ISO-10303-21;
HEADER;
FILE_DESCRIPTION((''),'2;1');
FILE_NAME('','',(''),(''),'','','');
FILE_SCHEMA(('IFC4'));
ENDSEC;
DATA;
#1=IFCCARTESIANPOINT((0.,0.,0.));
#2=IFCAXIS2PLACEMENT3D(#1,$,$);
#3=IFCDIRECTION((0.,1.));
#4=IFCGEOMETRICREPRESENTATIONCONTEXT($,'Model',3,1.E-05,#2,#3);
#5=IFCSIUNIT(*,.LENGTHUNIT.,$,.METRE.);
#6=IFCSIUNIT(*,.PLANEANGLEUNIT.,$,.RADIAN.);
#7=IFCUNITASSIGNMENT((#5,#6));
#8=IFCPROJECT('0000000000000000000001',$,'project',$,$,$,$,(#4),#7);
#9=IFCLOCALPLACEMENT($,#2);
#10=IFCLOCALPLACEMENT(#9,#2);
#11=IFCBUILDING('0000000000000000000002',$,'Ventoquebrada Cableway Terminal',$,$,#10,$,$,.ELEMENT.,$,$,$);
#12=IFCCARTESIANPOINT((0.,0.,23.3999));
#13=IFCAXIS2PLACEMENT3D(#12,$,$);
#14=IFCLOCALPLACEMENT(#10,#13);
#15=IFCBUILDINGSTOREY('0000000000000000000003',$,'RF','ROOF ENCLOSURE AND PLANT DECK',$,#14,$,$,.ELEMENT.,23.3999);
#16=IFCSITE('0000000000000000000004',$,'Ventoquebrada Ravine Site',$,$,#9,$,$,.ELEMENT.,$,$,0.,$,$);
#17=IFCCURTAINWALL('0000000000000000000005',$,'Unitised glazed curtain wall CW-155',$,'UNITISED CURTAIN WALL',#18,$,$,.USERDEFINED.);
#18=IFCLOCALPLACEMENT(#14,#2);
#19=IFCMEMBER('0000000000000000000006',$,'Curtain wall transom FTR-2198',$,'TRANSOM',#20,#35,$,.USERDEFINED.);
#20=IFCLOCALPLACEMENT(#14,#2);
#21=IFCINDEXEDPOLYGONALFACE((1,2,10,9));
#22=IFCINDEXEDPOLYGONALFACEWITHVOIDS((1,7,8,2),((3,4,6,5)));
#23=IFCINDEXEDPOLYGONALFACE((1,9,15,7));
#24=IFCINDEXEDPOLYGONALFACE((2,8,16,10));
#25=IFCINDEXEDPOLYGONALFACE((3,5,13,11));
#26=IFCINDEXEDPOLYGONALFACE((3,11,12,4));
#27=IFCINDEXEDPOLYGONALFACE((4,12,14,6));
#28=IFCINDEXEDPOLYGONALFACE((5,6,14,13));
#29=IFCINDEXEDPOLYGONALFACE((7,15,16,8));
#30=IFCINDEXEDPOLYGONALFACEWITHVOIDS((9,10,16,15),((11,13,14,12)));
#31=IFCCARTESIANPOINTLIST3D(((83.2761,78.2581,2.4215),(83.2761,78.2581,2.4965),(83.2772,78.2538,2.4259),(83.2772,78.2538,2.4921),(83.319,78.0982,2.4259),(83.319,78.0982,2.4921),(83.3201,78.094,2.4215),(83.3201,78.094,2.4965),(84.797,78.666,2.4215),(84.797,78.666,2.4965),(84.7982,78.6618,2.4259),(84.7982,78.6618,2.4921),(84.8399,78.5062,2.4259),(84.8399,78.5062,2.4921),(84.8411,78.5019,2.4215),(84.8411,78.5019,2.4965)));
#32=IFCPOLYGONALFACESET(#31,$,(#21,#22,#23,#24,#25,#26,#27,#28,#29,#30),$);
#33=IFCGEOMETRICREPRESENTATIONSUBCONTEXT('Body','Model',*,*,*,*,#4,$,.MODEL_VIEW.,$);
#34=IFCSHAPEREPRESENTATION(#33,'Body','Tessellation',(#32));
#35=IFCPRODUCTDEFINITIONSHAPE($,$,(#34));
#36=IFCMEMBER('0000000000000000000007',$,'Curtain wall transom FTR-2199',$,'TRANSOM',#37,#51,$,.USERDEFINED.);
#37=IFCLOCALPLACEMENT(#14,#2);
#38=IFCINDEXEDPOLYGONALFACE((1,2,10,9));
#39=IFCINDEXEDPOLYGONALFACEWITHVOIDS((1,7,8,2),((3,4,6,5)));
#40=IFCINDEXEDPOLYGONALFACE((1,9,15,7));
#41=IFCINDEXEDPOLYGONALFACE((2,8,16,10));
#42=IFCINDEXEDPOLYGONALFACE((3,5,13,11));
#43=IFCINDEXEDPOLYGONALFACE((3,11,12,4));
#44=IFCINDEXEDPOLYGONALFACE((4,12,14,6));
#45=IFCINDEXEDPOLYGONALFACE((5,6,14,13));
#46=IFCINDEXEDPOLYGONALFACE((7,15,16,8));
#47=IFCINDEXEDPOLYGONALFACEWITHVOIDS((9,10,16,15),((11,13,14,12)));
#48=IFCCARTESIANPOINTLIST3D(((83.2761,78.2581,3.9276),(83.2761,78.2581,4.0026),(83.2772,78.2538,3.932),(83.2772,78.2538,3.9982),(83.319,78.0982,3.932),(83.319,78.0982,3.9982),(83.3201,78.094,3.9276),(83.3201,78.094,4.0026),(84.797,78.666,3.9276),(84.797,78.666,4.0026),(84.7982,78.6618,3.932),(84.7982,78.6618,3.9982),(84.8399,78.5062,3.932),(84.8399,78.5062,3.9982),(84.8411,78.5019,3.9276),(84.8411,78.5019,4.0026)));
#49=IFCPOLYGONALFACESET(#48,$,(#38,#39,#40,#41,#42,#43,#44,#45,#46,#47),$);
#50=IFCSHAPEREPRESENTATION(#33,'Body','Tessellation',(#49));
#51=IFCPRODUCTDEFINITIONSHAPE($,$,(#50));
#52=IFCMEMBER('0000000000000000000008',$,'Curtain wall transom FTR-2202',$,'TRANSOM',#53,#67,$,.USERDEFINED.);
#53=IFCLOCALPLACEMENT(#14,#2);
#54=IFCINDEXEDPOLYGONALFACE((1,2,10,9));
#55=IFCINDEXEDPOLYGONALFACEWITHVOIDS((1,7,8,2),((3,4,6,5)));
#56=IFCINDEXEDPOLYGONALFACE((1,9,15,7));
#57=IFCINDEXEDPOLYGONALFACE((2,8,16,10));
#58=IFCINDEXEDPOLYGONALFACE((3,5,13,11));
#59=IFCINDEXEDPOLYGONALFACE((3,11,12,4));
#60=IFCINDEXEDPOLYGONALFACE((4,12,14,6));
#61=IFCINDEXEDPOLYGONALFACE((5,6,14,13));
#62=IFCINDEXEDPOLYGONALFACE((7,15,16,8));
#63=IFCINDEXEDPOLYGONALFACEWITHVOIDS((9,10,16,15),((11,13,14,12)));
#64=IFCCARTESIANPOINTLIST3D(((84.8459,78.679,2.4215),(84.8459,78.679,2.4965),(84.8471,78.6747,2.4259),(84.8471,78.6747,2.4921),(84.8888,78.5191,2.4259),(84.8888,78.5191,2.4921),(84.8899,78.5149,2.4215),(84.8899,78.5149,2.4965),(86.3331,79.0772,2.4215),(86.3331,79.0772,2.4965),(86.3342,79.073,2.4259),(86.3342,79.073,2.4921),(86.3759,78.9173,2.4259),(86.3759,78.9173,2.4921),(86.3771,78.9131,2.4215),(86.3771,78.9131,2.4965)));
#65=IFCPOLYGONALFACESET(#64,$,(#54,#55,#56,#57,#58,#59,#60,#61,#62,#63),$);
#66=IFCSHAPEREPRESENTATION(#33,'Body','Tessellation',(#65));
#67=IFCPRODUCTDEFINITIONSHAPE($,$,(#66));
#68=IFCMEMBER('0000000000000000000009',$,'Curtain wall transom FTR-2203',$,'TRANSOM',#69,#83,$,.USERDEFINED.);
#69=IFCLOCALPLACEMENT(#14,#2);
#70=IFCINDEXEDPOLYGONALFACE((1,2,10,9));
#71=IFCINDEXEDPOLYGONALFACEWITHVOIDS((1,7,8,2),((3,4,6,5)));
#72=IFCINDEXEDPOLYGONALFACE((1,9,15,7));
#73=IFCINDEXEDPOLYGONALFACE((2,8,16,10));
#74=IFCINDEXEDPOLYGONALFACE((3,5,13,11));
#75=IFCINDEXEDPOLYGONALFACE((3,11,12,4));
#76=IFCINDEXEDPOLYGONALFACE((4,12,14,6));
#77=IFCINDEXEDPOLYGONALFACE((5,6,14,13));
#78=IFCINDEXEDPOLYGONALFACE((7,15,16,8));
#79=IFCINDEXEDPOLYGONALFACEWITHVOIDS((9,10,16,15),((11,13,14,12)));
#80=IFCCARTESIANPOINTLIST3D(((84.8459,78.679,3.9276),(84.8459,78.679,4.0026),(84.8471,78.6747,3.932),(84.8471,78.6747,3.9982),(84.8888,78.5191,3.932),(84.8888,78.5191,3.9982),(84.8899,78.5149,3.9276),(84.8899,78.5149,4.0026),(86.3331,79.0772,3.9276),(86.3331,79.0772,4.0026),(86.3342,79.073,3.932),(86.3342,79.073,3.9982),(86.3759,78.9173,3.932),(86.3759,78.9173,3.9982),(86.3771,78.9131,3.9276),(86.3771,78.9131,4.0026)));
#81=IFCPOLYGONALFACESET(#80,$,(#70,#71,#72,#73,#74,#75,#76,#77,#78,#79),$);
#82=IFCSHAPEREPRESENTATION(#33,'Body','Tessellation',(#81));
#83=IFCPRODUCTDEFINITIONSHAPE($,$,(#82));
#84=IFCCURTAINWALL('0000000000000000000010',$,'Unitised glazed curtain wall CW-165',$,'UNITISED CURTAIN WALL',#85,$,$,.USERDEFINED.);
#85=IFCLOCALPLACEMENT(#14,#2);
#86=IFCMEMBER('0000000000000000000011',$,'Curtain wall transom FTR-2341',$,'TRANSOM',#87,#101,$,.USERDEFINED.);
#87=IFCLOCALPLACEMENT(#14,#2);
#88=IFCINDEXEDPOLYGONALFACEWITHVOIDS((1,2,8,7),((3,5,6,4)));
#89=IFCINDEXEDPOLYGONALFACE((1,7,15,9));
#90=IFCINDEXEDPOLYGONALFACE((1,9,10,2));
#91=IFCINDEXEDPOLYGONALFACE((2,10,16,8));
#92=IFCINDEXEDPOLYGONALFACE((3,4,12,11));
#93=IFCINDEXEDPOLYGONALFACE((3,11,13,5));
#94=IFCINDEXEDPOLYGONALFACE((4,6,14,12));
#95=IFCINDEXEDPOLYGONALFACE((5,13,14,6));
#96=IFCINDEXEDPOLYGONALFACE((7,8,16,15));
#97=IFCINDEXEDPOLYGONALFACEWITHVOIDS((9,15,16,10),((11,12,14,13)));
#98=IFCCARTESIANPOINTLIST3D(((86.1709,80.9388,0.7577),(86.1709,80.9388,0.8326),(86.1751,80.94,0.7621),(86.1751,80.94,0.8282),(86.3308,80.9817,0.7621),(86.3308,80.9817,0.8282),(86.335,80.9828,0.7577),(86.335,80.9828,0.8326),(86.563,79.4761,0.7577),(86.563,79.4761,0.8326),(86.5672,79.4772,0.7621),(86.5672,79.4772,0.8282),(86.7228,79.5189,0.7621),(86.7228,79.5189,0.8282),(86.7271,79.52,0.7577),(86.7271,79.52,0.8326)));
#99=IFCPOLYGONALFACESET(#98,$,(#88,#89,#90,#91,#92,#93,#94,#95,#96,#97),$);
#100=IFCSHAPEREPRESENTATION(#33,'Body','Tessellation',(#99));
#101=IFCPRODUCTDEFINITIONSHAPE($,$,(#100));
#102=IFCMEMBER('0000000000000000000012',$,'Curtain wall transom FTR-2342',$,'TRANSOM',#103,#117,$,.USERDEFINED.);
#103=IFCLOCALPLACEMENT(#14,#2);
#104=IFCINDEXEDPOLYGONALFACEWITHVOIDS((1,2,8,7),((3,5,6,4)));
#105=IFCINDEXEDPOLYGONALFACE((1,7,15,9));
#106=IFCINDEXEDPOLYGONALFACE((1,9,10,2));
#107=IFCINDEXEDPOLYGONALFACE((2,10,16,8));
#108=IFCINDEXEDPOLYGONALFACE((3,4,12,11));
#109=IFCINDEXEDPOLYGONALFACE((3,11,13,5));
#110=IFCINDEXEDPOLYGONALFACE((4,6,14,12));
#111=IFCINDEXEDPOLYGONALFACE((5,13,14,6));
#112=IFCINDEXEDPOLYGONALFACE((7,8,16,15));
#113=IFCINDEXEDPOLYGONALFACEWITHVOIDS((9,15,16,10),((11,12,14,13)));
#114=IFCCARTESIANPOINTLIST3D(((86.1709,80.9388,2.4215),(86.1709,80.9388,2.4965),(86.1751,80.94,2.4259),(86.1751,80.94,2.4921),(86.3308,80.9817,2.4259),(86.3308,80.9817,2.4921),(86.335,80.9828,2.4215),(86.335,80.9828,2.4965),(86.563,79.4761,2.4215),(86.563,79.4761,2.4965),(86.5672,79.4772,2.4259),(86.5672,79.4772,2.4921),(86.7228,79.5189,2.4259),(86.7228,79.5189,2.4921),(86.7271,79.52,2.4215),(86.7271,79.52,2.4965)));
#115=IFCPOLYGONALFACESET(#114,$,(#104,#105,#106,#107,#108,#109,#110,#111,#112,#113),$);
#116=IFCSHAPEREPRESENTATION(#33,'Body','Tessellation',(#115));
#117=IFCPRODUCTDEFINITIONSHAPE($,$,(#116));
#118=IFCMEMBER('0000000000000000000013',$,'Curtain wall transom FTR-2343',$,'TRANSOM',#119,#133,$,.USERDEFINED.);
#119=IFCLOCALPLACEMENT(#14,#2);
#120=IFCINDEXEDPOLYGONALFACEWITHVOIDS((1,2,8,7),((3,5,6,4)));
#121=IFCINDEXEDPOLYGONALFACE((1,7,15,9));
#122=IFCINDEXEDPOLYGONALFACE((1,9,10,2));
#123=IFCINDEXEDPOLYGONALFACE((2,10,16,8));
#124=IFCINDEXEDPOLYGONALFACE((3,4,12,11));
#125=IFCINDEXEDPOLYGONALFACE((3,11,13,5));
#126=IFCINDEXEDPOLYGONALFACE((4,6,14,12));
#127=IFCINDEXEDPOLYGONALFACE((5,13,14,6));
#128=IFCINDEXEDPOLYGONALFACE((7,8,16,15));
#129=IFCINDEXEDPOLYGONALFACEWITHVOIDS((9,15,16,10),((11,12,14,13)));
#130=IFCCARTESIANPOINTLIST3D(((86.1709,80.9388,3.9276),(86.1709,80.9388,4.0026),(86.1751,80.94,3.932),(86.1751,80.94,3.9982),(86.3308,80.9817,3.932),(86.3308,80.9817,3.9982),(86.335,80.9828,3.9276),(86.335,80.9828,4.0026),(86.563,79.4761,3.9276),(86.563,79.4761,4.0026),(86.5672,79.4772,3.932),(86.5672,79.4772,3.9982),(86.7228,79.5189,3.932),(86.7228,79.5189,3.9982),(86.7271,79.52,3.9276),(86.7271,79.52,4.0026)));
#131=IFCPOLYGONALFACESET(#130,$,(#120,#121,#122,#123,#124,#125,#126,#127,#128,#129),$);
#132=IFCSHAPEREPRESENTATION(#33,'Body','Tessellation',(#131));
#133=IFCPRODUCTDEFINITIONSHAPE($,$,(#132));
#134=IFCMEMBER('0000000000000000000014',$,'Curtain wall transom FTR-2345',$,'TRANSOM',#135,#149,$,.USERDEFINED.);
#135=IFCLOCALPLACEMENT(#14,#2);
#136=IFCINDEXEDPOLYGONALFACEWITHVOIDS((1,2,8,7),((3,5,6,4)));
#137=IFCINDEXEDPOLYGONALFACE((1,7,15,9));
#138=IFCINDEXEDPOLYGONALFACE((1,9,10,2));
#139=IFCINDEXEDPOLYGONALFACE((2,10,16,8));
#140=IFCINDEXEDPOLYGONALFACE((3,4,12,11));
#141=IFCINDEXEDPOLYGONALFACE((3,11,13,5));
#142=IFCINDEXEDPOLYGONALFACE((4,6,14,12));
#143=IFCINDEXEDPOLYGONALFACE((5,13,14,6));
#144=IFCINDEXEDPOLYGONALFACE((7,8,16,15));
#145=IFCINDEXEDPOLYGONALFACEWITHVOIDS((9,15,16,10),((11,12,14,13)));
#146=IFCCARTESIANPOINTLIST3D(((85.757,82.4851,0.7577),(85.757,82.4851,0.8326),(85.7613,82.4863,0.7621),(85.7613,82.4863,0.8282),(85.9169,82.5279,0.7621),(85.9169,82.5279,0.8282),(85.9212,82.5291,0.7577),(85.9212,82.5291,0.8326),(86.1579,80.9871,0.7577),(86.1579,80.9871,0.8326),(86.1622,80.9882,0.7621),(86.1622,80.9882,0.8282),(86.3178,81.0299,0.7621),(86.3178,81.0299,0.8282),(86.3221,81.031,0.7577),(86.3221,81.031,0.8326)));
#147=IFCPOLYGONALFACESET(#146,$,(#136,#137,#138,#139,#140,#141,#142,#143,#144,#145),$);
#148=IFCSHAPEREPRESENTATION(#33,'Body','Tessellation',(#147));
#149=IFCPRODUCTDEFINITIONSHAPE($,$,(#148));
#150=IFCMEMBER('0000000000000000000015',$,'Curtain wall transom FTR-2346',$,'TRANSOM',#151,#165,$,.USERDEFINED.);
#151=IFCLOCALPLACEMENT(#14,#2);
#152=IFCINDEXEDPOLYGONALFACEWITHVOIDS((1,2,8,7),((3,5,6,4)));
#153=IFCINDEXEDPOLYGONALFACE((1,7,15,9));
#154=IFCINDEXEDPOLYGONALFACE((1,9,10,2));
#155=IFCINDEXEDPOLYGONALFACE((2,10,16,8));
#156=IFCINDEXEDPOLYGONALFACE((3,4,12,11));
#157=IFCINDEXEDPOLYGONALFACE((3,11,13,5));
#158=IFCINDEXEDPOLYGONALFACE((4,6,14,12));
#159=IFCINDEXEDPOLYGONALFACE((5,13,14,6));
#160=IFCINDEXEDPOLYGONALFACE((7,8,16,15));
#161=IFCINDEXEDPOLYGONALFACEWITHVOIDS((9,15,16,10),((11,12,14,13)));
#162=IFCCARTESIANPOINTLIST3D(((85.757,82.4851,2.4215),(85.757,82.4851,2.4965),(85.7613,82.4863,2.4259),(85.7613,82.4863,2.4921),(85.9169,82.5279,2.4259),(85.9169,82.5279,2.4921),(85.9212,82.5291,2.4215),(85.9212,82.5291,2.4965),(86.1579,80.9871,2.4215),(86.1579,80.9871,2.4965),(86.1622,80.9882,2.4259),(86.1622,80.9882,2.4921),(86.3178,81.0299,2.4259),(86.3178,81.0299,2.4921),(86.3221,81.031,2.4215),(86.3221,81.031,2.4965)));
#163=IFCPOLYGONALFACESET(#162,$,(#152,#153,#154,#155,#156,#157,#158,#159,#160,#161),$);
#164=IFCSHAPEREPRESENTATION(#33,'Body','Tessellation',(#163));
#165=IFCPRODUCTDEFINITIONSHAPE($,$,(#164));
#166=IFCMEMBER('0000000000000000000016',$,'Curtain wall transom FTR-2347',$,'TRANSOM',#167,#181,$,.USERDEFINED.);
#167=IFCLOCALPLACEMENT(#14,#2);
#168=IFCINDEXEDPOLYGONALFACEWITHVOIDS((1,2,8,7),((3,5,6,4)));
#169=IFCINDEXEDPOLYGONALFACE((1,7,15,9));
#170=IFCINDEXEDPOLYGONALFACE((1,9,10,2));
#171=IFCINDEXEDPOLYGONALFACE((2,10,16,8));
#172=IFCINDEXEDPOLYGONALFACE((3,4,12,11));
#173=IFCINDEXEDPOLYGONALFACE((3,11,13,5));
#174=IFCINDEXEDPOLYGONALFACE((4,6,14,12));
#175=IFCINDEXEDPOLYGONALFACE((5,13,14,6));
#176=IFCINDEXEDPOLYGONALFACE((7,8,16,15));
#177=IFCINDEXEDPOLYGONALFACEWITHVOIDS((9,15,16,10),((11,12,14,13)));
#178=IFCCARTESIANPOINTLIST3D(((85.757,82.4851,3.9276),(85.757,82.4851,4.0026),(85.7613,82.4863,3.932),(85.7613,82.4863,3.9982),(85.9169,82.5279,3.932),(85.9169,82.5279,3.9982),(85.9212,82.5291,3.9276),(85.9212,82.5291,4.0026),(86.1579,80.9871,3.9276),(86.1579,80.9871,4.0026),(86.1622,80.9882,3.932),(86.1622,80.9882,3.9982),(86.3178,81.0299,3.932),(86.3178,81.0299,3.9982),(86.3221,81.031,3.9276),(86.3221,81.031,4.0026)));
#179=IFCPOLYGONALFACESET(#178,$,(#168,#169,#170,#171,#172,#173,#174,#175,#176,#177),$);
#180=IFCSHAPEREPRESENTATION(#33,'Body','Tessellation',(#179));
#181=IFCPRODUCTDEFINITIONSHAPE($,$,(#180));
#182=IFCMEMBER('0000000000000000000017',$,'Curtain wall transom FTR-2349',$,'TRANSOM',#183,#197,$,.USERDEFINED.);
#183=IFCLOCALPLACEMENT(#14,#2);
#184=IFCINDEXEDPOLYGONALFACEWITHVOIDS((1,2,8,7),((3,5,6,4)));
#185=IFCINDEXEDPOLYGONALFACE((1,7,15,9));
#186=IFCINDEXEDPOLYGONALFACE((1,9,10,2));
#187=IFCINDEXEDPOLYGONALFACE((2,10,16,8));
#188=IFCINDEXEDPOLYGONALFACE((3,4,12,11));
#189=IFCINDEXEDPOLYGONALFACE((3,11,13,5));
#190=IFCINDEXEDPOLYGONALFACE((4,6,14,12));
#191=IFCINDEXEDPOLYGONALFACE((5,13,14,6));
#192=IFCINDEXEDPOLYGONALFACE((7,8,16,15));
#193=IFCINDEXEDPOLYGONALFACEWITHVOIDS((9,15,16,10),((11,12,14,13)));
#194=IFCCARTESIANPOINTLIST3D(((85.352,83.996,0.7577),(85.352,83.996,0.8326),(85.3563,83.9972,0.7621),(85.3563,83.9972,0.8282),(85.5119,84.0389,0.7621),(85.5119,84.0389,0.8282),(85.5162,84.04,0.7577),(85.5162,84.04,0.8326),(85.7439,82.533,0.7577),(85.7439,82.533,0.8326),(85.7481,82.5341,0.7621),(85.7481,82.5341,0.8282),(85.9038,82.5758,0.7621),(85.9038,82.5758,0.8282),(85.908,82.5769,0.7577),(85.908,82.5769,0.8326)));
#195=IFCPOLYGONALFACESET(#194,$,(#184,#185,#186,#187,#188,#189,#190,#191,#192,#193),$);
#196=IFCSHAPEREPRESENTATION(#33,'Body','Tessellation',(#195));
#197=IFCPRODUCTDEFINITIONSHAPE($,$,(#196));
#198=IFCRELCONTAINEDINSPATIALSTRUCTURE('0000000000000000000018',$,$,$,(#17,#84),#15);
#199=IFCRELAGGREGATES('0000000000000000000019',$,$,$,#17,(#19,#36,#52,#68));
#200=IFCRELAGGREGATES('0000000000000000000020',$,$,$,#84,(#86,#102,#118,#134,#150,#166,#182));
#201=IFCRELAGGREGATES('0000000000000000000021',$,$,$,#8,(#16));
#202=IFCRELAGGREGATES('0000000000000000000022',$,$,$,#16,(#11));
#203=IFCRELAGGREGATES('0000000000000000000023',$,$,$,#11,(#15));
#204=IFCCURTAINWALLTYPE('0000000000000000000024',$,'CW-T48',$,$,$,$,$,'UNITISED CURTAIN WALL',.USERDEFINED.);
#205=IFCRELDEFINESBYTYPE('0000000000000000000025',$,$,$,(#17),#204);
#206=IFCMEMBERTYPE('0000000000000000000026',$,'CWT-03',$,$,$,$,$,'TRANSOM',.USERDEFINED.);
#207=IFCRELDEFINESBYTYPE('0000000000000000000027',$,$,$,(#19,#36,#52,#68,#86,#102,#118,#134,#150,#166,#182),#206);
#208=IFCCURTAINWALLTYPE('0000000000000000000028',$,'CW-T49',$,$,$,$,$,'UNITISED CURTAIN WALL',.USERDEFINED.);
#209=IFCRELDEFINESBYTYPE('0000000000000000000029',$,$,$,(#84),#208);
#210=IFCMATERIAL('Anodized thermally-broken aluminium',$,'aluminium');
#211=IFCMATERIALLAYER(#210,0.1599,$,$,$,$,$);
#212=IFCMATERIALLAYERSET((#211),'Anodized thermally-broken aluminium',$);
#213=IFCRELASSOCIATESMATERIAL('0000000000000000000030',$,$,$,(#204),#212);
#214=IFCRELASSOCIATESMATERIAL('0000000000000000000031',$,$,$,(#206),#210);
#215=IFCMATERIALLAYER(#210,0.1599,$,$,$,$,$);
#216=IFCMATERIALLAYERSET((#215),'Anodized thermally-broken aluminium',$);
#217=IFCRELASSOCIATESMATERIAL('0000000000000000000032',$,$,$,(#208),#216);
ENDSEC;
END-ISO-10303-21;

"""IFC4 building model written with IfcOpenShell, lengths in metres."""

from ifc_helpers import new_model, si_unit, direction, frame, origin, origin_2d, place, context, subcontext, project, spatial, hollow_rectangle, extrude, material, layer, layer_set, material_profile, profile_set, type_object, element, aggregate, save


model = new_model("IFC4")

# Units and contexts
model_context = context("Model", 3, precision=1e-05, world=origin(), true_north=direction((0.0, 1.0)))
body_context = subcontext(model_context, "Body", "Model", "MODEL_VIEW")
ifc_project = project(units=[si_unit("LENGTHUNIT", "METRE"), si_unit("PLANEANGLEUNIT", "RADIAN")], contexts=[model_context])

# Site, building, storey
site_placement = place(None, origin())
site = spatial("IfcSite", under=ifc_project, at=site_placement, Name="Ventoquebrada Ravine Site", CompositionType="ELEMENT", RefElevation=0.0)
building_placement = place(site_placement, origin())
building = spatial("IfcBuilding", under=site, at=building_placement, Name="Ventoquebrada Cableway Terminal", CompositionType="ELEMENT")
storey_placement = place(building_placement, frame((0.0, 0.0, 23.3999)))
storey = spatial("IfcBuildingStorey", under=building, at=storey_placement, Name="RF", Description="ROOF ENCLOSURE AND PLANT DECK", CompositionType="ELEMENT", Elevation=23.3999)

# Curtain walls, members
ifc_material_1 = material(Name="Anodized thermally-broken aluminium", Category="aluminium")
ifc_layer_1 = layer(ifc_material_1, 0.1599)
ifc_layer_set_1 = layer_set([ifc_layer_1], Name="Anodized thermally-broken aluminium")
curtain_wall_type_1 = type_object("IfcCurtainWallType", Name="CW-T48", ElementType="UNITISED CURTAIN WALL", PredefinedType="USERDEFINED", material=ifc_layer_set_1)
curtain_wall_1_placement = place(storey_placement, origin())
curtain_wall_1 = element("IfcCurtainWall", 1, at=curtain_wall_1_placement, inside=storey, type_object=curtain_wall_type_1, Name="Unitised glazed curtain wall CW-155", ObjectType="UNITISED CURTAIN WALL", PredefinedType="USERDEFINED")
ifc_material_profile = material_profile(ifc_material_1, hollow_rectangle(XDim=0.075, YDim=0.1699, WallThickness=0.0044, at=origin_2d()), Name="CW-TRN-75X170")
ifc_profile_set = profile_set([ifc_material_profile], Name="Anodized thermally-broken aluminium")
member_type = type_object("IfcMemberType", Name="CWT-03", ElementType="TRANSOM", PredefinedType="USERDEFINED", material=ifc_profile_set)
member_1_placement = place(storey_placement, frame((83.2981, 78.176, 2.459), z_axis=(0.965861, 0.259062, 0.0), x_axis=(0.0, 0.0, 1.0)))
member_1 = element("IfcMember", 2, at=member_1_placement, type_object=member_type, Name="Curtain wall transom FTR-2198", ObjectType="TRANSOM", PredefinedType="USERDEFINED", context=body_context, shape_type="SweptSolid", body=[
    extrude(hollow_rectangle(XDim=0.075, YDim=0.1699, WallThickness=0.0044, at=origin_2d()), origin(), (0.0, 0.0, 1.0), 1.5747),
])
member_2_placement = place(storey_placement, frame((83.2981, 78.176, 3.9651), z_axis=(0.965861, 0.259062, 0.0), x_axis=(0.0, 0.0, 1.0)))
member_2 = element("IfcMember", 3, at=member_2_placement, type_object=member_type, Name="Curtain wall transom FTR-2199", ObjectType="TRANSOM", PredefinedType="USERDEFINED", context=body_context, shape_type="SweptSolid", body=[
    extrude(hollow_rectangle(XDim=0.075, YDim=0.1699, WallThickness=0.0044, at=origin_2d()), origin(), (0.0, 0.0, 1.0), 1.5747),
])
member_3_placement = place(storey_placement, frame((84.8679, 78.5969, 2.459), z_axis=(0.965969, 0.258659, 0.0), x_axis=(0.0, 0.0, 1.0)))
member_3 = element("IfcMember", 4, at=member_3_placement, type_object=member_type, Name="Curtain wall transom FTR-2202", ObjectType="TRANSOM", PredefinedType="USERDEFINED", context=body_context, shape_type="SweptSolid", body=[
    extrude(hollow_rectangle(XDim=0.075, YDim=0.1699, WallThickness=0.0044, at=origin_2d()), origin(), (0.0, 0.0, 1.0), 1.5396),
])
member_4_placement = place(storey_placement, frame((84.8679, 78.5969, 3.9651), z_axis=(0.965969, 0.258659, 0.0), x_axis=(0.0, 0.0, 1.0)))
member_4 = element("IfcMember", 5, at=member_4_placement, type_object=member_type, Name="Curtain wall transom FTR-2203", ObjectType="TRANSOM", PredefinedType="USERDEFINED", context=body_context, shape_type="SweptSolid", body=[
    extrude(hollow_rectangle(XDim=0.075, YDim=0.1699, WallThickness=0.0044, at=origin_2d()), origin(), (0.0, 0.0, 1.0), 1.5396),
])
ifc_layer_2 = layer(ifc_material_1, 0.1599)
ifc_layer_set_2 = layer_set([ifc_layer_2], Name="Anodized thermally-broken aluminium")
curtain_wall_type_2 = type_object("IfcCurtainWallType", Name="CW-T49", ElementType="UNITISED CURTAIN WALL", PredefinedType="USERDEFINED", material=ifc_layer_set_2)
curtain_wall_2_placement = place(storey_placement, origin())
curtain_wall_2 = element("IfcCurtainWall", 6, at=curtain_wall_2_placement, inside=storey, type_object=curtain_wall_type_2, Name="Unitised glazed curtain wall CW-165", ObjectType="UNITISED CURTAIN WALL", PredefinedType="USERDEFINED")
member_5_placement = place(storey_placement, frame((86.645, 79.498, 0.7952), z_axis=(-0.258886, 0.965908, 0.0), x_axis=(0.0, 0.0, 1.0)))
member_5 = element("IfcMember", 7, at=member_5_placement, type_object=member_type, Name="Curtain wall transom FTR-2341", ObjectType="TRANSOM", PredefinedType="USERDEFINED", context=body_context, shape_type="SweptSolid", body=[
    extrude(hollow_rectangle(XDim=0.075, YDim=0.1699, WallThickness=0.0044, at=origin_2d()), origin(), (0.0, 0.0, 1.0), 1.5144),
])
member_6_placement = place(storey_placement, frame((86.645, 79.498, 2.459), z_axis=(-0.258886, 0.965908, 0.0), x_axis=(0.0, 0.0, 1.0)))
member_6 = element("IfcMember", 8, at=member_6_placement, type_object=member_type, Name="Curtain wall transom FTR-2342", ObjectType="TRANSOM", PredefinedType="USERDEFINED", context=body_context, shape_type="SweptSolid", body=[
    extrude(hollow_rectangle(XDim=0.075, YDim=0.1699, WallThickness=0.0044, at=origin_2d()), origin(), (0.0, 0.0, 1.0), 1.5144),
])
member_7_placement = place(storey_placement, frame((86.645, 79.498, 3.9651), z_axis=(-0.258886, 0.965908, 0.0), x_axis=(0.0, 0.0, 1.0)))
member_7 = element("IfcMember", 9, at=member_7_placement, type_object=member_type, Name="Curtain wall transom FTR-2343", ObjectType="TRANSOM", PredefinedType="USERDEFINED", context=body_context, shape_type="SweptSolid", body=[
    extrude(hollow_rectangle(XDim=0.075, YDim=0.1699, WallThickness=0.0044, at=origin_2d()), origin(), (0.0, 0.0, 1.0), 1.5144),
])
member_8_placement = place(storey_placement, frame((86.24, 81.009, 0.7952), z_axis=(-0.258505, 0.96601, 0.0), x_axis=(0.0, 0.0, 1.0)))
member_8 = element("IfcMember", 10, at=member_8_placement, type_object=member_type, Name="Curtain wall transom FTR-2345", ObjectType="TRANSOM", PredefinedType="USERDEFINED", context=body_context, shape_type="SweptSolid", body=[
    extrude(hollow_rectangle(XDim=0.075, YDim=0.1699, WallThickness=0.0044, at=origin_2d()), origin(), (0.0, 0.0, 1.0), 1.5508),
])
member_9_placement = place(storey_placement, frame((86.24, 81.009, 2.459), z_axis=(-0.258505, 0.96601, 0.0), x_axis=(0.0, 0.0, 1.0)))
member_9 = element("IfcMember", 11, at=member_9_placement, type_object=member_type, Name="Curtain wall transom FTR-2346", ObjectType="TRANSOM", PredefinedType="USERDEFINED", context=body_context, shape_type="SweptSolid", body=[
    extrude(hollow_rectangle(XDim=0.075, YDim=0.1699, WallThickness=0.0044, at=origin_2d()), origin(), (0.0, 0.0, 1.0), 1.5508),
])
member_10_placement = place(storey_placement, frame((86.24, 81.009, 3.9651), z_axis=(-0.258505, 0.96601, 0.0), x_axis=(0.0, 0.0, 1.0)))
member_10 = element("IfcMember", 12, at=member_10_placement, type_object=member_type, Name="Curtain wall transom FTR-2347", ObjectType="TRANSOM", PredefinedType="USERDEFINED", context=body_context, shape_type="SweptSolid", body=[
    extrude(hollow_rectangle(XDim=0.075, YDim=0.1699, WallThickness=0.0044, at=origin_2d()), origin(), (0.0, 0.0, 1.0), 1.5508),
])
member_11_placement = place(storey_placement, frame((85.8259, 82.5549, 0.7952), z_axis=(-0.258696, 0.965959, 0.0), x_axis=(0.0, 0.0, 1.0)))
member_11 = element("IfcMember", 13, at=member_11_placement, type_object=member_type, Name="Curtain wall transom FTR-2349", ObjectType="TRANSOM", PredefinedType="USERDEFINED", context=body_context, shape_type="SweptSolid", body=[
    extrude(hollow_rectangle(XDim=0.075, YDim=0.1699, WallThickness=0.0044, at=origin_2d()), origin(), (0.0, 0.0, 1.0), 1.5146),
])

aggregate(curtain_wall_1, [member_1, member_2, member_3, member_4])
aggregate(curtain_wall_2, [member_5, member_6, member_7, member_8, member_9, member_10, member_11])

save(model, "model.ifc")
